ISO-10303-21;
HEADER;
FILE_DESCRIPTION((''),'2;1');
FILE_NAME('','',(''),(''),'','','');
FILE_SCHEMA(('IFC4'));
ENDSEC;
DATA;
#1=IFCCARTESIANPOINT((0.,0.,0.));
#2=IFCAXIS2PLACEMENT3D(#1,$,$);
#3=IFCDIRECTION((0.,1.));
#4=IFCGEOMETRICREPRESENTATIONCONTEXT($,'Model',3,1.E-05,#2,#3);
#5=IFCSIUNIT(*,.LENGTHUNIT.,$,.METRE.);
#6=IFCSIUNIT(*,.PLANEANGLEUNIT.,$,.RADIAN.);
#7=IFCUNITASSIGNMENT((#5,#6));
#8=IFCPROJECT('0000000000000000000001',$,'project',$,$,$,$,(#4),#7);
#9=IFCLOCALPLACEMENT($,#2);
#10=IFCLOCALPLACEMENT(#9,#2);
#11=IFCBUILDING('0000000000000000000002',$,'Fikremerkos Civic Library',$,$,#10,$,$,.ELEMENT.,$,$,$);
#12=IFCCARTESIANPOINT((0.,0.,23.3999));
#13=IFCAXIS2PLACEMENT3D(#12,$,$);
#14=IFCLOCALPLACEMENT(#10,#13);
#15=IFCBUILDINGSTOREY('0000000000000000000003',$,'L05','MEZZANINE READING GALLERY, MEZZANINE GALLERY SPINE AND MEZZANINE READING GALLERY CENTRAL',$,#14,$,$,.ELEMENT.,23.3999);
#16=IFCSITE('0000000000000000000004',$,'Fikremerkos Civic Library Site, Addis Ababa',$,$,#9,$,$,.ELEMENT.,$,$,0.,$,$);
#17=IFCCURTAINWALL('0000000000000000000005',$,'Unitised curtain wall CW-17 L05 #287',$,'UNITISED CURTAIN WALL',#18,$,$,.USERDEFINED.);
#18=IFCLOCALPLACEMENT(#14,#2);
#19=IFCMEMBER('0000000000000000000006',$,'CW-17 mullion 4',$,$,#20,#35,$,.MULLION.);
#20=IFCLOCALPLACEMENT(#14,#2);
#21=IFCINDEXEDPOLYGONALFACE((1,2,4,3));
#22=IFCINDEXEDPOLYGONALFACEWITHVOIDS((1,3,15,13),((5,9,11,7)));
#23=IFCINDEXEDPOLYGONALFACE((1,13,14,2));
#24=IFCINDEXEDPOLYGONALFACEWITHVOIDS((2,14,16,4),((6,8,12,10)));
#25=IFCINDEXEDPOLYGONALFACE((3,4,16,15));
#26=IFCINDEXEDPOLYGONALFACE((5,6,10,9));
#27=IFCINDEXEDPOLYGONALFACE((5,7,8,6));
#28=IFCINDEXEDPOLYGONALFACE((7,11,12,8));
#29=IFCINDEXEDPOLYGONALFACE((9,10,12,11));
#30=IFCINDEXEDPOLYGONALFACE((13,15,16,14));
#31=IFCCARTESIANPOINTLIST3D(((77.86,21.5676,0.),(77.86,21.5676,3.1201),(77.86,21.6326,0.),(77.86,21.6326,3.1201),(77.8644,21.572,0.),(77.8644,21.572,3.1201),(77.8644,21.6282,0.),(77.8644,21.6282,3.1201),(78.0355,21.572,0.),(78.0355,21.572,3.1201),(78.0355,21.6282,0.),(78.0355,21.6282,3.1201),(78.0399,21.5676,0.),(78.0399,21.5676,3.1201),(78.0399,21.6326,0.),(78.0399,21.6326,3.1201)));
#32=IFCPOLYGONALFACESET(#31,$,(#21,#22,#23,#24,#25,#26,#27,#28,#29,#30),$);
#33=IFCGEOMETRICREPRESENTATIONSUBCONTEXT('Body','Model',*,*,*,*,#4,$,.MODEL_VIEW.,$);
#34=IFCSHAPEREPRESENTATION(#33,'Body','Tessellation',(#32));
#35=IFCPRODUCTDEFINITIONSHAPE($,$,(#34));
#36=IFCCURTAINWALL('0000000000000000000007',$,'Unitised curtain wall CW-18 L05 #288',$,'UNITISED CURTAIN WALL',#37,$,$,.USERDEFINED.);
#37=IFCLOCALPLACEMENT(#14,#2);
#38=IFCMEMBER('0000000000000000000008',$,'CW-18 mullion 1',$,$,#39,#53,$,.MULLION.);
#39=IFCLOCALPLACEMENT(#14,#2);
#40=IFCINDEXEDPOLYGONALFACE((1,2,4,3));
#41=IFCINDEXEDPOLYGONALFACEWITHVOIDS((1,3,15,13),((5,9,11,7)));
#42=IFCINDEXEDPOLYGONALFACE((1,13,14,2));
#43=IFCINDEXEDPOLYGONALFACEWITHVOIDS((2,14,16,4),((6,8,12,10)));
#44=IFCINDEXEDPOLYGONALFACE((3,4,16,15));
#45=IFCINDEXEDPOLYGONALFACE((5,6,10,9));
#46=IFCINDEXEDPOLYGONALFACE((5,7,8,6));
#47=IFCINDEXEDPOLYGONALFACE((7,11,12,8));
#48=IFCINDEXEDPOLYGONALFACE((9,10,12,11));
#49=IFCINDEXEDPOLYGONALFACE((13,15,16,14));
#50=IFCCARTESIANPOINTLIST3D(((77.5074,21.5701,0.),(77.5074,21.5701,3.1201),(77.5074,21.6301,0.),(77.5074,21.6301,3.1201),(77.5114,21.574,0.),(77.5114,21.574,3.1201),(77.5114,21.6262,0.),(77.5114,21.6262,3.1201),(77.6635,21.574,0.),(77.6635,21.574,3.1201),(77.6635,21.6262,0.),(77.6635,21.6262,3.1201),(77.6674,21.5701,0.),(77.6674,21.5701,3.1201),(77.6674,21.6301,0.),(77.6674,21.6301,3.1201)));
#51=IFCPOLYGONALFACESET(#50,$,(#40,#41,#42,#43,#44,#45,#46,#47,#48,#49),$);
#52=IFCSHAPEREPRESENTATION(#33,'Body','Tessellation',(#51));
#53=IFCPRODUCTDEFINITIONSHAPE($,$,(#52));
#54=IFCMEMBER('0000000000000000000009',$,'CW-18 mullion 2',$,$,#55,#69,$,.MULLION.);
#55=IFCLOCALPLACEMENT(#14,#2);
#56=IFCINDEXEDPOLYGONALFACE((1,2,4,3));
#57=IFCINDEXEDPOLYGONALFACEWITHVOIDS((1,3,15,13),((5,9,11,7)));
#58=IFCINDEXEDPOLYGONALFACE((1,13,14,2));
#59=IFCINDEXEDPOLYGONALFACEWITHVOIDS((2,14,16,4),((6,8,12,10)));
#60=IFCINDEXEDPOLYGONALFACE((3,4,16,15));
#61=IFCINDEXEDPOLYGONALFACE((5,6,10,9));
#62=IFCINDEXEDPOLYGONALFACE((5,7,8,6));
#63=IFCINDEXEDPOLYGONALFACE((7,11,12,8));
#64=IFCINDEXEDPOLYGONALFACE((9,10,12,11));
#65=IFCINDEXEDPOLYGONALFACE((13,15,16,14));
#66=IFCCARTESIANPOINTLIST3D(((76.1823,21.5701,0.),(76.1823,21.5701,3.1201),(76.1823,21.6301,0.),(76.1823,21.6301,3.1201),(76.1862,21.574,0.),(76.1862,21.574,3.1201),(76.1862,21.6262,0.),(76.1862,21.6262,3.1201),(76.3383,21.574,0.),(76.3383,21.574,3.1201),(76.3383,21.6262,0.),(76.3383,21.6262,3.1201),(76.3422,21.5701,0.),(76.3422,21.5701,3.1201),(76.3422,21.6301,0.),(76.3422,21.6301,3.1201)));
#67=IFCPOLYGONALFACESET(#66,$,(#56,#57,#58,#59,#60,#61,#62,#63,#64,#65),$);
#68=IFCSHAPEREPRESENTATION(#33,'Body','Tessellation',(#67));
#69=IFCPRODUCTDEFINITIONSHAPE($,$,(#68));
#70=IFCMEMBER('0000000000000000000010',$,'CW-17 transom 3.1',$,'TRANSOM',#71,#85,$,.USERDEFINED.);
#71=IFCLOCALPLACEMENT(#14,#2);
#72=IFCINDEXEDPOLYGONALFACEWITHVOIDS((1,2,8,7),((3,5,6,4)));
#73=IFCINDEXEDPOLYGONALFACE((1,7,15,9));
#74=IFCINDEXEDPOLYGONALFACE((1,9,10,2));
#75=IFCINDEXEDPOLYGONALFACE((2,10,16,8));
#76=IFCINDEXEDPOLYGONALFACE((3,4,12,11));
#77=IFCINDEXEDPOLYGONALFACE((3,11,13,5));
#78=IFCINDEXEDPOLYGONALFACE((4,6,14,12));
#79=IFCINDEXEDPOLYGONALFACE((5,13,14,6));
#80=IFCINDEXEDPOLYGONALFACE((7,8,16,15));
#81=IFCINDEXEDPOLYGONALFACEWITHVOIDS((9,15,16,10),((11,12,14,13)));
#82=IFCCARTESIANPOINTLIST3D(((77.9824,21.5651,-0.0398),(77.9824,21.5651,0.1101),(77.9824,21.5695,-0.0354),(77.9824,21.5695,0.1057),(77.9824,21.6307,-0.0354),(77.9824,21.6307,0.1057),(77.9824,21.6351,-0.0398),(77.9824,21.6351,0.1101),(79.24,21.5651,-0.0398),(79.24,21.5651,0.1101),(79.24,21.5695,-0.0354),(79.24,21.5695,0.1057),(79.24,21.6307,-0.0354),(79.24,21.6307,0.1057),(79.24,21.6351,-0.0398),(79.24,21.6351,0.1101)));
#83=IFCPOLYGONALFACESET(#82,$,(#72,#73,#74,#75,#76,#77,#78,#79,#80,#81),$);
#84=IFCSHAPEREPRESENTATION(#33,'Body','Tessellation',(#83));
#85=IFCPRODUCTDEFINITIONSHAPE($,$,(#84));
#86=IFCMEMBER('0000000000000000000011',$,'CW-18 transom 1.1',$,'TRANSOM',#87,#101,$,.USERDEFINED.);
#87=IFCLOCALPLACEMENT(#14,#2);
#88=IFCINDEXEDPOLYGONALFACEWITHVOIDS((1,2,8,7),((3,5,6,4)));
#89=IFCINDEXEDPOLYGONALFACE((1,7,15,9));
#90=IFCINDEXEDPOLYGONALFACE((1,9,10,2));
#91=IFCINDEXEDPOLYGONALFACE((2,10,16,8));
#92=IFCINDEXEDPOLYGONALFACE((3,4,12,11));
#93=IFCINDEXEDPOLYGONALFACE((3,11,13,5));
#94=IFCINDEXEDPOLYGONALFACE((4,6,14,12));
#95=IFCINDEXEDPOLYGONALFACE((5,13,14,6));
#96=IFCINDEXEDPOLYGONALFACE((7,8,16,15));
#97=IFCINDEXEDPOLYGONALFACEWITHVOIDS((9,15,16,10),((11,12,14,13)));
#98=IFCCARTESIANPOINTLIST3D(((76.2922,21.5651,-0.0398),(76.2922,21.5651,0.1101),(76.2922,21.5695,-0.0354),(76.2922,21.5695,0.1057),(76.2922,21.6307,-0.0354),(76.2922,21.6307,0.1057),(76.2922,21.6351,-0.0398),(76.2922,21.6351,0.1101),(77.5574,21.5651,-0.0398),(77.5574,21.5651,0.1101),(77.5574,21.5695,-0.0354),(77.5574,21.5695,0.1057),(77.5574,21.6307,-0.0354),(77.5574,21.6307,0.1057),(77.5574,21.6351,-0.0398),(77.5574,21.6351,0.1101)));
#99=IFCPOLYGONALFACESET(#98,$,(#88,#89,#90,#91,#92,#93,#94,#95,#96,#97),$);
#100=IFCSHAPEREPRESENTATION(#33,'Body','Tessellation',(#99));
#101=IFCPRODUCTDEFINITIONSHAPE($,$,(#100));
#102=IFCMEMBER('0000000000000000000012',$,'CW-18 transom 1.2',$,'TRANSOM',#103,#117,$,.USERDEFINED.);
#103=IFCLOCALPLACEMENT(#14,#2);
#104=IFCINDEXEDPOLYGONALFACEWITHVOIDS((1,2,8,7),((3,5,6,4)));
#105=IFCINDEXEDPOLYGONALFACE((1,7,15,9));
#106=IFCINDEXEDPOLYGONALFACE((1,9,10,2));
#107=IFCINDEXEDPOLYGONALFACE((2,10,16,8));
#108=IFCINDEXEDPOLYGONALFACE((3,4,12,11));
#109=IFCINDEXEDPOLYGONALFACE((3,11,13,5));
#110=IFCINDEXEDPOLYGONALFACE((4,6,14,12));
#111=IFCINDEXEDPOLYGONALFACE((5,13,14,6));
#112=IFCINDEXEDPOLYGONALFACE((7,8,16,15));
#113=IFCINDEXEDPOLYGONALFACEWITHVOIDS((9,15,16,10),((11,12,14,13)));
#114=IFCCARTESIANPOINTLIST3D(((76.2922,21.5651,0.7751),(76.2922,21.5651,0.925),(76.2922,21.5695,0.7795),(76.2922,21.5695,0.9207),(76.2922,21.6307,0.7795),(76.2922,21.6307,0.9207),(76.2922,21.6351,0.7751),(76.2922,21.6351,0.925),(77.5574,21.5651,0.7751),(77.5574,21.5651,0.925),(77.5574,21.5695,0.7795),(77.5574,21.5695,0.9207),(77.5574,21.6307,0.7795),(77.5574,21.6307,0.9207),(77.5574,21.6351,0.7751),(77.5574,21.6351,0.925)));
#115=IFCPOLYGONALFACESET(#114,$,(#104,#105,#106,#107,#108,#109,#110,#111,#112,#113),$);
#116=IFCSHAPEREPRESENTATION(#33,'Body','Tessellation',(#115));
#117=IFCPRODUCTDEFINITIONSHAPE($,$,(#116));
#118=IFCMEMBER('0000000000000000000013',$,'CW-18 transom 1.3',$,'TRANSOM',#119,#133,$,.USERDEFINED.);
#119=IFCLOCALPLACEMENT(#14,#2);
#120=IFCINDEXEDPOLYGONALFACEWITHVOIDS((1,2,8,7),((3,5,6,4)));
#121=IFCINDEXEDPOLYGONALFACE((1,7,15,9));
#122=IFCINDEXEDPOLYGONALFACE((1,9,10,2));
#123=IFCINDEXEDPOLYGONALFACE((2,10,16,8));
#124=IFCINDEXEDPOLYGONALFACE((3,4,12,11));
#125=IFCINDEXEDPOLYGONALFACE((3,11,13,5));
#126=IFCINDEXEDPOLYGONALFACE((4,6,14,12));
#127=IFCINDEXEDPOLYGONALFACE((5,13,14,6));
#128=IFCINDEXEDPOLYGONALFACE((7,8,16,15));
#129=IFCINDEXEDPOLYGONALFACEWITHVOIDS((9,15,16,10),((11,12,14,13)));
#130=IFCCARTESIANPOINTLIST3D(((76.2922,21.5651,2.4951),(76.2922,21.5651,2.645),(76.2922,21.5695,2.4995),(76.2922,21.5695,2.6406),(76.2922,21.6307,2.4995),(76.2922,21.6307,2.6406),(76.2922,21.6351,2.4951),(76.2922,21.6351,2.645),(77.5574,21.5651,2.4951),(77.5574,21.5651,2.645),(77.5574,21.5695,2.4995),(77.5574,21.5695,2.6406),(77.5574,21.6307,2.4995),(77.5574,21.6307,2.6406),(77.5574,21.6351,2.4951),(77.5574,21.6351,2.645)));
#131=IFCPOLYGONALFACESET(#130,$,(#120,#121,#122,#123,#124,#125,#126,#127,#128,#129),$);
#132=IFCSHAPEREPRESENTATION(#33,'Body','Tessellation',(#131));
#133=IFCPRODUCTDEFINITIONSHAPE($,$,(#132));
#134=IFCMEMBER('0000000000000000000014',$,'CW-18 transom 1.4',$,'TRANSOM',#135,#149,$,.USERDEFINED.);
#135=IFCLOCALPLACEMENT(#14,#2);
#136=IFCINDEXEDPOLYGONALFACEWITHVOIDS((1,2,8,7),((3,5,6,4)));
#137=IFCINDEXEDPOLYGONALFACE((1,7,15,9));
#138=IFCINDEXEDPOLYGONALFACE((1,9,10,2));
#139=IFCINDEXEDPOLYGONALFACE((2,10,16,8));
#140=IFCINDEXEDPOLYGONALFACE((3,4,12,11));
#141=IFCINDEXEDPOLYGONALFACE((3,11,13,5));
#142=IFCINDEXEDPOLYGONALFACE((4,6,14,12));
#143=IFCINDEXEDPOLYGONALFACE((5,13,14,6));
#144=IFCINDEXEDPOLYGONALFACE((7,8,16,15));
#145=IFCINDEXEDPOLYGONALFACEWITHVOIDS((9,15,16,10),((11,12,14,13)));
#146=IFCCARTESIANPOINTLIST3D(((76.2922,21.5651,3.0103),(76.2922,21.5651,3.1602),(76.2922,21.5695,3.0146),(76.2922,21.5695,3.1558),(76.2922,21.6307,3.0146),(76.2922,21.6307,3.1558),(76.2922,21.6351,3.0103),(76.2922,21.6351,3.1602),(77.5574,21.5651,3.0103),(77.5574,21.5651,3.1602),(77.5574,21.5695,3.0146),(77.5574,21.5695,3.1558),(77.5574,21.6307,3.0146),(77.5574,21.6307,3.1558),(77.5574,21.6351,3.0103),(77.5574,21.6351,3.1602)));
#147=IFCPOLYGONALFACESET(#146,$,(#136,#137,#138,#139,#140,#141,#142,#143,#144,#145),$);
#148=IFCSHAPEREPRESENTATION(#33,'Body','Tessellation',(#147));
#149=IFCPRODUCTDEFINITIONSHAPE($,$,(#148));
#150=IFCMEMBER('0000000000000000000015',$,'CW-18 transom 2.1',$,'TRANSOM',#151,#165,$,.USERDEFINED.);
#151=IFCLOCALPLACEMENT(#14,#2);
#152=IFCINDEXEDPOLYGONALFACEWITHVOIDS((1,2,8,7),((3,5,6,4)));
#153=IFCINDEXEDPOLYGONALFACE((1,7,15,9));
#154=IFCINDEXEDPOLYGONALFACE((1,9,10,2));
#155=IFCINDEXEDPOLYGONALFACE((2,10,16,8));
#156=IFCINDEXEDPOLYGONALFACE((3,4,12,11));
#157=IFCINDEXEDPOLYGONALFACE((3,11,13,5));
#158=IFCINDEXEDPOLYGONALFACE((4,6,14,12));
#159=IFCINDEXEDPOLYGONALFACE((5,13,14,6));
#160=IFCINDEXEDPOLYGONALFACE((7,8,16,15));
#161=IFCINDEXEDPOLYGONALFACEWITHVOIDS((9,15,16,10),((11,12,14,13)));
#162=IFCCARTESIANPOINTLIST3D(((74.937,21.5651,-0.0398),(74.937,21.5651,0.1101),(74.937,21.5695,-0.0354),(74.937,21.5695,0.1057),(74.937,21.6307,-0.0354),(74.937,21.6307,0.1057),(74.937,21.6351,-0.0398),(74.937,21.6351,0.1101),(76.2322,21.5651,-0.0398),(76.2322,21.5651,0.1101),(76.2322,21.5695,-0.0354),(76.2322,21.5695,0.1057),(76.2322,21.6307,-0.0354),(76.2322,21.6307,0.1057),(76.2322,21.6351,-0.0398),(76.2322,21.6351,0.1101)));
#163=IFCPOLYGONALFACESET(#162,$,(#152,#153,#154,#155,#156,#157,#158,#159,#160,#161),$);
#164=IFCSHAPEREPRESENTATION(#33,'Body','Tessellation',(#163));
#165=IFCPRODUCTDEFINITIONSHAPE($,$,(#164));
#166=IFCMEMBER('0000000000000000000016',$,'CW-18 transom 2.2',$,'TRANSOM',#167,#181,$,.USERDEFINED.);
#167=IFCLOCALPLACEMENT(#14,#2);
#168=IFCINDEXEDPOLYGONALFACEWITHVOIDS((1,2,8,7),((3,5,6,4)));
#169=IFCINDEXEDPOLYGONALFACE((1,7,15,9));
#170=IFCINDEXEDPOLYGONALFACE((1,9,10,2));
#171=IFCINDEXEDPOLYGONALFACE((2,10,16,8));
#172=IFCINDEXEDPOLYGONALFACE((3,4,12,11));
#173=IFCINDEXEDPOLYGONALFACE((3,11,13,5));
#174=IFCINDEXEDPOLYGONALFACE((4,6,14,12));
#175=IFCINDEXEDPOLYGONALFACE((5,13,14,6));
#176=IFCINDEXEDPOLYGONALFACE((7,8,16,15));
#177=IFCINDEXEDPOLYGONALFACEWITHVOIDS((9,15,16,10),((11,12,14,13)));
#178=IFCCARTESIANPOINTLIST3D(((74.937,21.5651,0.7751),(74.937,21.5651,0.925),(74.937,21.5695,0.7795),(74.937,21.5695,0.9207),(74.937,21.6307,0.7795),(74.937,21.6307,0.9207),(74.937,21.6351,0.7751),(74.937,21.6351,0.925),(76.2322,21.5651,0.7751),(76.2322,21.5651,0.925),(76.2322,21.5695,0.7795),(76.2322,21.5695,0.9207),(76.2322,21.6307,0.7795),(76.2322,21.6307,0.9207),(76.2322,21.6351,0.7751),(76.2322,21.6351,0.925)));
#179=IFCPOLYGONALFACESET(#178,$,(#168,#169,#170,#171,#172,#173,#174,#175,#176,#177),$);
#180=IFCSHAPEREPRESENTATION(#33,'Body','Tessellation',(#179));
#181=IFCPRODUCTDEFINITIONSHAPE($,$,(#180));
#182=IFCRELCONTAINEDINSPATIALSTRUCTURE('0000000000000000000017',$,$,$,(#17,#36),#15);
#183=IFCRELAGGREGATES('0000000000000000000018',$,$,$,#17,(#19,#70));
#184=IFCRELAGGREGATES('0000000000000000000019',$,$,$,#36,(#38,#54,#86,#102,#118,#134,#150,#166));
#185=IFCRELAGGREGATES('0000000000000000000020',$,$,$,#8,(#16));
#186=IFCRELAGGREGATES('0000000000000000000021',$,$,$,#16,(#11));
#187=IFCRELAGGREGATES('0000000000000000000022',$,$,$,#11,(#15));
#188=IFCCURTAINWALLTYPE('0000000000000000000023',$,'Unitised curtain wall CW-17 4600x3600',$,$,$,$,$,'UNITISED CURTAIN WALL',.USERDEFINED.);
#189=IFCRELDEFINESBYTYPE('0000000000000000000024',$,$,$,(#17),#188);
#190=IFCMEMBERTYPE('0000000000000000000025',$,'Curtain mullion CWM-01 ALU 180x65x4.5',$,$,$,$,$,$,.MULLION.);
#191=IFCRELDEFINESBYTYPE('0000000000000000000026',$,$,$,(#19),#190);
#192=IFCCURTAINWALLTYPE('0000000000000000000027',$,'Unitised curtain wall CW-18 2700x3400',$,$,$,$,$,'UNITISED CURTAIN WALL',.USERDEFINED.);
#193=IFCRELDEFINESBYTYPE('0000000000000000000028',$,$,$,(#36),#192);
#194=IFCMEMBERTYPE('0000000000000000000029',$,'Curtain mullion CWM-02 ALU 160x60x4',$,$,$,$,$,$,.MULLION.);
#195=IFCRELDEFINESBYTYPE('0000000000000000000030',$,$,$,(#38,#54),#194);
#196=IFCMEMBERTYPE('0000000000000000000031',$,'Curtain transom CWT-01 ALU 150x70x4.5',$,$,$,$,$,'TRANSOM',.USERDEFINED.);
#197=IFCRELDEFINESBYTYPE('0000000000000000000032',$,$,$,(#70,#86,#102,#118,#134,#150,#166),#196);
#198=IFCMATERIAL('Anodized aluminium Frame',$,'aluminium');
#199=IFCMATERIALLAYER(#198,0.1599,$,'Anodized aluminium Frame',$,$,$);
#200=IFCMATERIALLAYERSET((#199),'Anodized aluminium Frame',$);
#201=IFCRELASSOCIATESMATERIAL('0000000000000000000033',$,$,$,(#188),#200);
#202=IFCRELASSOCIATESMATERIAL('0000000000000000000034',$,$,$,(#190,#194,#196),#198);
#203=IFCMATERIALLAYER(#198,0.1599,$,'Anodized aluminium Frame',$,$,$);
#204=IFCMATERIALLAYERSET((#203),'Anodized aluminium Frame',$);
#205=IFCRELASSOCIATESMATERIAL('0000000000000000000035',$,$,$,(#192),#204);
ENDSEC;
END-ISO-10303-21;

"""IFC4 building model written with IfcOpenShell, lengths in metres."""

from ifc_helpers import new_model, si_unit, direction, frame, origin, origin_2d, place, context, subcontext, project, spatial, hollow_rectangle, extrude, material, layer, layer_set, material_profile, profile_set, type_object, element, aggregate, save


model = new_model("IFC4")

# Units and contexts
model_context = context("Model", 3, precision=1e-05, world=origin(), true_north=direction((0.0, 1.0)))
body_context = subcontext(model_context, "Body", "Model", "MODEL_VIEW")
ifc_project = project(units=[si_unit("LENGTHUNIT", "METRE"), si_unit("PLANEANGLEUNIT", "RADIAN")], contexts=[model_context])

# Site, building, storey
site_placement = place(None, origin())
site = spatial("IfcSite", under=ifc_project, at=site_placement, Name="Fikremerkos Civic Library Site, Addis Ababa", CompositionType="ELEMENT", RefElevation=0.0)
building_placement = place(site_placement, origin())
building = spatial("IfcBuilding", under=site, at=building_placement, Name="Fikremerkos Civic Library", CompositionType="ELEMENT")
storey_placement = place(building_placement, frame((0.0, 0.0, 23.3999)))
storey = spatial("IfcBuildingStorey", under=building, at=storey_placement, Name="L05", Description="MEZZANINE READING GALLERY, MEZZANINE GALLERY SPINE AND MEZZANINE READING GALLERY CENTRAL", CompositionType="ELEMENT", Elevation=23.3999)

# Curtain wall, member
ifc_material_1 = material(Name="Anodized aluminium Frame", Category="aluminium")
ifc_layer_1 = layer(ifc_material_1, 0.1599, Name="Anodized aluminium Frame")
ifc_layer_set_1 = layer_set([ifc_layer_1], Name="Anodized aluminium Frame")
curtain_wall_type_1 = type_object("IfcCurtainWallType", Name="Unitised curtain wall CW-17 4600x3600", ElementType="UNITISED CURTAIN WALL", PredefinedType="USERDEFINED", material=ifc_layer_set_1)
curtain_wall_1_placement = place(storey_placement, origin())
curtain_wall_1 = element("IfcCurtainWall", 1, at=curtain_wall_1_placement, inside=storey, type_object=curtain_wall_type_1, Name="Unitised curtain wall CW-17 L05 #287", ObjectType="UNITISED CURTAIN WALL", PredefinedType="USERDEFINED")
ifc_material_profile_1 = material_profile(ifc_material_1, hollow_rectangle(XDim=0.0649, YDim=0.1799, WallThickness=0.0044, at=origin_2d()), Name="ALU 180x65x4.5")
ifc_profile_set_1 = profile_set([ifc_material_profile_1], Name="Anodized aluminium Frame")
member_type_1 = type_object("IfcMemberType", Name="Curtain mullion CWM-01 ALU 180x65x4.5", PredefinedType="MULLION", material=ifc_profile_set_1)
member_1_placement = place(storey_placement, frame((77.95, 21.6001, 0.0), z_axis=(0.0, 0.0, 1.0), x_axis=(0.0, -1.0, 0.0)))
member_1 = element("IfcMember", 2, at=member_1_placement, type_object=member_type_1, Name="CW-17 mullion 4", PredefinedType="MULLION", context=body_context, shape_type="SweptSolid", body=[
    extrude(hollow_rectangle(XDim=0.0649, YDim=0.1799, WallThickness=0.0044, at=origin_2d()), origin(), (0.0, 0.0, 1.0), 3.1201),
])

# Curtain wall, members
ifc_layer_2 = layer(ifc_material_1, 0.1599, Name="Anodized aluminium Frame")
ifc_layer_set_2 = layer_set([ifc_layer_2], Name="Anodized aluminium Frame")
curtain_wall_type_2 = type_object("IfcCurtainWallType", Name="Unitised curtain wall CW-18 2700x3400", ElementType="UNITISED CURTAIN WALL", PredefinedType="USERDEFINED", material=ifc_layer_set_2)
curtain_wall_2_placement = place(storey_placement, origin())
curtain_wall_2 = element("IfcCurtainWall", 3, at=curtain_wall_2_placement, inside=storey, type_object=curtain_wall_type_2, Name="Unitised curtain wall CW-18 L05 #288", ObjectType="UNITISED CURTAIN WALL", PredefinedType="USERDEFINED")
ifc_material_profile_2 = material_profile(ifc_material_1, hollow_rectangle(XDim=0.0601, YDim=0.1599, WallThickness=0.0039, at=origin_2d()), Name="ALU 160x60x4")
ifc_profile_set_2 = profile_set([ifc_material_profile_2], Name="Anodized aluminium Frame")
member_type_2 = type_object("IfcMemberType", Name="Curtain mullion CWM-02 ALU 160x60x4", PredefinedType="MULLION", material=ifc_profile_set_2)
member_2_placement = place(storey_placement, frame((77.5874, 21.6001, 0.0), z_axis=(0.0, 0.0, 1.0), x_axis=(0.0, -1.0, 0.0)))
member_2 = element("IfcMember", 4, at=member_2_placement, type_object=member_type_2, Name="CW-18 mullion 1", PredefinedType="MULLION", context=body_context, shape_type="SweptSolid", body=[
    extrude(hollow_rectangle(XDim=0.0601, YDim=0.1599, WallThickness=0.0039, at=origin_2d()), origin(), (0.0, 0.0, 1.0), 3.1201),
])
member_3_placement = place(storey_placement, frame((76.2622, 21.6001, 0.0), z_axis=(0.0, 0.0, 1.0), x_axis=(0.0, -1.0, 0.0)))
member_3 = element("IfcMember", 5, at=member_3_placement, type_object=member_type_2, Name="CW-18 mullion 2", PredefinedType="MULLION", context=body_context, shape_type="SweptSolid", body=[
    extrude(hollow_rectangle(XDim=0.0601, YDim=0.1599, WallThickness=0.0039, at=origin_2d()), origin(), (0.0, 0.0, 1.0), 3.1201),
])

# Members
ifc_material_profile_3 = material_profile(ifc_material_1, hollow_rectangle(XDim=0.0701, YDim=0.1499, WallThickness=0.0044, at=origin_2d()), Name="ALU 150x70x4.5")
ifc_profile_set_3 = profile_set([ifc_material_profile_3], Name="Anodized aluminium Frame")
member_type_3 = type_object("IfcMemberType", Name="Curtain transom CWT-01 ALU 150x70x4.5", ElementType="TRANSOM", PredefinedType="USERDEFINED", material=ifc_profile_set_3)
member_4_placement = place(storey_placement, frame((79.24, 21.6001, 0.0352), z_axis=(-1.0, 0.0, 0.0), x_axis=(0.0, -1.0, 0.0)))
member_4 = element("IfcMember", 6, at=member_4_placement, type_object=member_type_3, Name="CW-17 transom 3.1", ObjectType="TRANSOM", PredefinedType="USERDEFINED", context=body_context, shape_type="SweptSolid", body=[
    extrude(hollow_rectangle(XDim=0.0701, YDim=0.1499, WallThickness=0.0044, at=origin_2d()), origin(), (0.0, 0.0, 1.0), 1.2576),
])
member_5_placement = place(storey_placement, frame((77.5574, 21.6001, 0.0352), z_axis=(-1.0, 0.0, 0.0), x_axis=(0.0, -1.0, 0.0)))
member_5 = element("IfcMember", 7, at=member_5_placement, type_object=member_type_3, Name="CW-18 transom 1.1", ObjectType="TRANSOM", PredefinedType="USERDEFINED", context=body_context, shape_type="SweptSolid", body=[
    extrude(hollow_rectangle(XDim=0.0701, YDim=0.1499, WallThickness=0.0044, at=origin_2d()), origin(), (0.0, 0.0, 1.0), 1.2651),
])
member_6_placement = place(storey_placement, frame((77.5574, 21.6001, 0.8501), z_axis=(-1.0, 0.0, 0.0), x_axis=(0.0, -1.0, 0.0)))
member_6 = element("IfcMember", 8, at=member_6_placement, type_object=member_type_3, Name="CW-18 transom 1.2", ObjectType="TRANSOM", PredefinedType="USERDEFINED", context=body_context, shape_type="SweptSolid", body=[
    extrude(hollow_rectangle(XDim=0.0701, YDim=0.1499, WallThickness=0.0044, at=origin_2d()), origin(), (0.0, 0.0, 1.0), 1.2651),
])
member_7_placement = place(storey_placement, frame((77.5574, 21.6001, 2.5701), z_axis=(-1.0, 0.0, 0.0), x_axis=(0.0, -1.0, 0.0)))
member_7 = element("IfcMember", 9, at=member_7_placement, type_object=member_type_3, Name="CW-18 transom 1.3", ObjectType="TRANSOM", PredefinedType="USERDEFINED", context=body_context, shape_type="SweptSolid", body=[
    extrude(hollow_rectangle(XDim=0.0701, YDim=0.1499, WallThickness=0.0044, at=origin_2d()), origin(), (0.0, 0.0, 1.0), 1.2651),
])
member_8_placement = place(storey_placement, frame((77.5574, 21.6001, 3.0852), z_axis=(-1.0, 0.0, 0.0), x_axis=(0.0, -1.0, 0.0)))
member_8 = element("IfcMember", 10, at=member_8_placement, type_object=member_type_3, Name="CW-18 transom 1.4", ObjectType="TRANSOM", PredefinedType="USERDEFINED", context=body_context, shape_type="SweptSolid", body=[
    extrude(hollow_rectangle(XDim=0.0701, YDim=0.1499, WallThickness=0.0044, at=origin_2d()), origin(), (0.0, 0.0, 1.0), 1.2651),
])
member_9_placement = place(storey_placement, frame((76.2322, 21.6001, 0.0352), z_axis=(-1.0, 0.0, 0.0), x_axis=(0.0, -1.0, 0.0)))
member_9 = element("IfcMember", 11, at=member_9_placement, type_object=member_type_3, Name="CW-18 transom 2.1", ObjectType="TRANSOM", PredefinedType="USERDEFINED", context=body_context, shape_type="SweptSolid", body=[
    extrude(hollow_rectangle(XDim=0.0701, YDim=0.1499, WallThickness=0.0044, at=origin_2d()), origin(), (0.0, 0.0, 1.0), 1.2952),
])
member_10_placement = place(storey_placement, frame((76.2322, 21.6001, 0.8501), z_axis=(-1.0, 0.0, 0.0), x_axis=(0.0, -1.0, 0.0)))
member_10 = element("IfcMember", 12, at=member_10_placement, type_object=member_type_3, Name="CW-18 transom 2.2", ObjectType="TRANSOM", PredefinedType="USERDEFINED", context=body_context, shape_type="SweptSolid", body=[
    extrude(hollow_rectangle(XDim=0.0701, YDim=0.1499, WallThickness=0.0044, at=origin_2d()), origin(), (0.0, 0.0, 1.0), 1.2952),
])

aggregate(curtain_wall_1, [member_1, member_4])
aggregate(curtain_wall_2, [member_2, member_3, member_5, member_6, member_7, member_8, member_9, member_10])

save(model, "model.ifc")
